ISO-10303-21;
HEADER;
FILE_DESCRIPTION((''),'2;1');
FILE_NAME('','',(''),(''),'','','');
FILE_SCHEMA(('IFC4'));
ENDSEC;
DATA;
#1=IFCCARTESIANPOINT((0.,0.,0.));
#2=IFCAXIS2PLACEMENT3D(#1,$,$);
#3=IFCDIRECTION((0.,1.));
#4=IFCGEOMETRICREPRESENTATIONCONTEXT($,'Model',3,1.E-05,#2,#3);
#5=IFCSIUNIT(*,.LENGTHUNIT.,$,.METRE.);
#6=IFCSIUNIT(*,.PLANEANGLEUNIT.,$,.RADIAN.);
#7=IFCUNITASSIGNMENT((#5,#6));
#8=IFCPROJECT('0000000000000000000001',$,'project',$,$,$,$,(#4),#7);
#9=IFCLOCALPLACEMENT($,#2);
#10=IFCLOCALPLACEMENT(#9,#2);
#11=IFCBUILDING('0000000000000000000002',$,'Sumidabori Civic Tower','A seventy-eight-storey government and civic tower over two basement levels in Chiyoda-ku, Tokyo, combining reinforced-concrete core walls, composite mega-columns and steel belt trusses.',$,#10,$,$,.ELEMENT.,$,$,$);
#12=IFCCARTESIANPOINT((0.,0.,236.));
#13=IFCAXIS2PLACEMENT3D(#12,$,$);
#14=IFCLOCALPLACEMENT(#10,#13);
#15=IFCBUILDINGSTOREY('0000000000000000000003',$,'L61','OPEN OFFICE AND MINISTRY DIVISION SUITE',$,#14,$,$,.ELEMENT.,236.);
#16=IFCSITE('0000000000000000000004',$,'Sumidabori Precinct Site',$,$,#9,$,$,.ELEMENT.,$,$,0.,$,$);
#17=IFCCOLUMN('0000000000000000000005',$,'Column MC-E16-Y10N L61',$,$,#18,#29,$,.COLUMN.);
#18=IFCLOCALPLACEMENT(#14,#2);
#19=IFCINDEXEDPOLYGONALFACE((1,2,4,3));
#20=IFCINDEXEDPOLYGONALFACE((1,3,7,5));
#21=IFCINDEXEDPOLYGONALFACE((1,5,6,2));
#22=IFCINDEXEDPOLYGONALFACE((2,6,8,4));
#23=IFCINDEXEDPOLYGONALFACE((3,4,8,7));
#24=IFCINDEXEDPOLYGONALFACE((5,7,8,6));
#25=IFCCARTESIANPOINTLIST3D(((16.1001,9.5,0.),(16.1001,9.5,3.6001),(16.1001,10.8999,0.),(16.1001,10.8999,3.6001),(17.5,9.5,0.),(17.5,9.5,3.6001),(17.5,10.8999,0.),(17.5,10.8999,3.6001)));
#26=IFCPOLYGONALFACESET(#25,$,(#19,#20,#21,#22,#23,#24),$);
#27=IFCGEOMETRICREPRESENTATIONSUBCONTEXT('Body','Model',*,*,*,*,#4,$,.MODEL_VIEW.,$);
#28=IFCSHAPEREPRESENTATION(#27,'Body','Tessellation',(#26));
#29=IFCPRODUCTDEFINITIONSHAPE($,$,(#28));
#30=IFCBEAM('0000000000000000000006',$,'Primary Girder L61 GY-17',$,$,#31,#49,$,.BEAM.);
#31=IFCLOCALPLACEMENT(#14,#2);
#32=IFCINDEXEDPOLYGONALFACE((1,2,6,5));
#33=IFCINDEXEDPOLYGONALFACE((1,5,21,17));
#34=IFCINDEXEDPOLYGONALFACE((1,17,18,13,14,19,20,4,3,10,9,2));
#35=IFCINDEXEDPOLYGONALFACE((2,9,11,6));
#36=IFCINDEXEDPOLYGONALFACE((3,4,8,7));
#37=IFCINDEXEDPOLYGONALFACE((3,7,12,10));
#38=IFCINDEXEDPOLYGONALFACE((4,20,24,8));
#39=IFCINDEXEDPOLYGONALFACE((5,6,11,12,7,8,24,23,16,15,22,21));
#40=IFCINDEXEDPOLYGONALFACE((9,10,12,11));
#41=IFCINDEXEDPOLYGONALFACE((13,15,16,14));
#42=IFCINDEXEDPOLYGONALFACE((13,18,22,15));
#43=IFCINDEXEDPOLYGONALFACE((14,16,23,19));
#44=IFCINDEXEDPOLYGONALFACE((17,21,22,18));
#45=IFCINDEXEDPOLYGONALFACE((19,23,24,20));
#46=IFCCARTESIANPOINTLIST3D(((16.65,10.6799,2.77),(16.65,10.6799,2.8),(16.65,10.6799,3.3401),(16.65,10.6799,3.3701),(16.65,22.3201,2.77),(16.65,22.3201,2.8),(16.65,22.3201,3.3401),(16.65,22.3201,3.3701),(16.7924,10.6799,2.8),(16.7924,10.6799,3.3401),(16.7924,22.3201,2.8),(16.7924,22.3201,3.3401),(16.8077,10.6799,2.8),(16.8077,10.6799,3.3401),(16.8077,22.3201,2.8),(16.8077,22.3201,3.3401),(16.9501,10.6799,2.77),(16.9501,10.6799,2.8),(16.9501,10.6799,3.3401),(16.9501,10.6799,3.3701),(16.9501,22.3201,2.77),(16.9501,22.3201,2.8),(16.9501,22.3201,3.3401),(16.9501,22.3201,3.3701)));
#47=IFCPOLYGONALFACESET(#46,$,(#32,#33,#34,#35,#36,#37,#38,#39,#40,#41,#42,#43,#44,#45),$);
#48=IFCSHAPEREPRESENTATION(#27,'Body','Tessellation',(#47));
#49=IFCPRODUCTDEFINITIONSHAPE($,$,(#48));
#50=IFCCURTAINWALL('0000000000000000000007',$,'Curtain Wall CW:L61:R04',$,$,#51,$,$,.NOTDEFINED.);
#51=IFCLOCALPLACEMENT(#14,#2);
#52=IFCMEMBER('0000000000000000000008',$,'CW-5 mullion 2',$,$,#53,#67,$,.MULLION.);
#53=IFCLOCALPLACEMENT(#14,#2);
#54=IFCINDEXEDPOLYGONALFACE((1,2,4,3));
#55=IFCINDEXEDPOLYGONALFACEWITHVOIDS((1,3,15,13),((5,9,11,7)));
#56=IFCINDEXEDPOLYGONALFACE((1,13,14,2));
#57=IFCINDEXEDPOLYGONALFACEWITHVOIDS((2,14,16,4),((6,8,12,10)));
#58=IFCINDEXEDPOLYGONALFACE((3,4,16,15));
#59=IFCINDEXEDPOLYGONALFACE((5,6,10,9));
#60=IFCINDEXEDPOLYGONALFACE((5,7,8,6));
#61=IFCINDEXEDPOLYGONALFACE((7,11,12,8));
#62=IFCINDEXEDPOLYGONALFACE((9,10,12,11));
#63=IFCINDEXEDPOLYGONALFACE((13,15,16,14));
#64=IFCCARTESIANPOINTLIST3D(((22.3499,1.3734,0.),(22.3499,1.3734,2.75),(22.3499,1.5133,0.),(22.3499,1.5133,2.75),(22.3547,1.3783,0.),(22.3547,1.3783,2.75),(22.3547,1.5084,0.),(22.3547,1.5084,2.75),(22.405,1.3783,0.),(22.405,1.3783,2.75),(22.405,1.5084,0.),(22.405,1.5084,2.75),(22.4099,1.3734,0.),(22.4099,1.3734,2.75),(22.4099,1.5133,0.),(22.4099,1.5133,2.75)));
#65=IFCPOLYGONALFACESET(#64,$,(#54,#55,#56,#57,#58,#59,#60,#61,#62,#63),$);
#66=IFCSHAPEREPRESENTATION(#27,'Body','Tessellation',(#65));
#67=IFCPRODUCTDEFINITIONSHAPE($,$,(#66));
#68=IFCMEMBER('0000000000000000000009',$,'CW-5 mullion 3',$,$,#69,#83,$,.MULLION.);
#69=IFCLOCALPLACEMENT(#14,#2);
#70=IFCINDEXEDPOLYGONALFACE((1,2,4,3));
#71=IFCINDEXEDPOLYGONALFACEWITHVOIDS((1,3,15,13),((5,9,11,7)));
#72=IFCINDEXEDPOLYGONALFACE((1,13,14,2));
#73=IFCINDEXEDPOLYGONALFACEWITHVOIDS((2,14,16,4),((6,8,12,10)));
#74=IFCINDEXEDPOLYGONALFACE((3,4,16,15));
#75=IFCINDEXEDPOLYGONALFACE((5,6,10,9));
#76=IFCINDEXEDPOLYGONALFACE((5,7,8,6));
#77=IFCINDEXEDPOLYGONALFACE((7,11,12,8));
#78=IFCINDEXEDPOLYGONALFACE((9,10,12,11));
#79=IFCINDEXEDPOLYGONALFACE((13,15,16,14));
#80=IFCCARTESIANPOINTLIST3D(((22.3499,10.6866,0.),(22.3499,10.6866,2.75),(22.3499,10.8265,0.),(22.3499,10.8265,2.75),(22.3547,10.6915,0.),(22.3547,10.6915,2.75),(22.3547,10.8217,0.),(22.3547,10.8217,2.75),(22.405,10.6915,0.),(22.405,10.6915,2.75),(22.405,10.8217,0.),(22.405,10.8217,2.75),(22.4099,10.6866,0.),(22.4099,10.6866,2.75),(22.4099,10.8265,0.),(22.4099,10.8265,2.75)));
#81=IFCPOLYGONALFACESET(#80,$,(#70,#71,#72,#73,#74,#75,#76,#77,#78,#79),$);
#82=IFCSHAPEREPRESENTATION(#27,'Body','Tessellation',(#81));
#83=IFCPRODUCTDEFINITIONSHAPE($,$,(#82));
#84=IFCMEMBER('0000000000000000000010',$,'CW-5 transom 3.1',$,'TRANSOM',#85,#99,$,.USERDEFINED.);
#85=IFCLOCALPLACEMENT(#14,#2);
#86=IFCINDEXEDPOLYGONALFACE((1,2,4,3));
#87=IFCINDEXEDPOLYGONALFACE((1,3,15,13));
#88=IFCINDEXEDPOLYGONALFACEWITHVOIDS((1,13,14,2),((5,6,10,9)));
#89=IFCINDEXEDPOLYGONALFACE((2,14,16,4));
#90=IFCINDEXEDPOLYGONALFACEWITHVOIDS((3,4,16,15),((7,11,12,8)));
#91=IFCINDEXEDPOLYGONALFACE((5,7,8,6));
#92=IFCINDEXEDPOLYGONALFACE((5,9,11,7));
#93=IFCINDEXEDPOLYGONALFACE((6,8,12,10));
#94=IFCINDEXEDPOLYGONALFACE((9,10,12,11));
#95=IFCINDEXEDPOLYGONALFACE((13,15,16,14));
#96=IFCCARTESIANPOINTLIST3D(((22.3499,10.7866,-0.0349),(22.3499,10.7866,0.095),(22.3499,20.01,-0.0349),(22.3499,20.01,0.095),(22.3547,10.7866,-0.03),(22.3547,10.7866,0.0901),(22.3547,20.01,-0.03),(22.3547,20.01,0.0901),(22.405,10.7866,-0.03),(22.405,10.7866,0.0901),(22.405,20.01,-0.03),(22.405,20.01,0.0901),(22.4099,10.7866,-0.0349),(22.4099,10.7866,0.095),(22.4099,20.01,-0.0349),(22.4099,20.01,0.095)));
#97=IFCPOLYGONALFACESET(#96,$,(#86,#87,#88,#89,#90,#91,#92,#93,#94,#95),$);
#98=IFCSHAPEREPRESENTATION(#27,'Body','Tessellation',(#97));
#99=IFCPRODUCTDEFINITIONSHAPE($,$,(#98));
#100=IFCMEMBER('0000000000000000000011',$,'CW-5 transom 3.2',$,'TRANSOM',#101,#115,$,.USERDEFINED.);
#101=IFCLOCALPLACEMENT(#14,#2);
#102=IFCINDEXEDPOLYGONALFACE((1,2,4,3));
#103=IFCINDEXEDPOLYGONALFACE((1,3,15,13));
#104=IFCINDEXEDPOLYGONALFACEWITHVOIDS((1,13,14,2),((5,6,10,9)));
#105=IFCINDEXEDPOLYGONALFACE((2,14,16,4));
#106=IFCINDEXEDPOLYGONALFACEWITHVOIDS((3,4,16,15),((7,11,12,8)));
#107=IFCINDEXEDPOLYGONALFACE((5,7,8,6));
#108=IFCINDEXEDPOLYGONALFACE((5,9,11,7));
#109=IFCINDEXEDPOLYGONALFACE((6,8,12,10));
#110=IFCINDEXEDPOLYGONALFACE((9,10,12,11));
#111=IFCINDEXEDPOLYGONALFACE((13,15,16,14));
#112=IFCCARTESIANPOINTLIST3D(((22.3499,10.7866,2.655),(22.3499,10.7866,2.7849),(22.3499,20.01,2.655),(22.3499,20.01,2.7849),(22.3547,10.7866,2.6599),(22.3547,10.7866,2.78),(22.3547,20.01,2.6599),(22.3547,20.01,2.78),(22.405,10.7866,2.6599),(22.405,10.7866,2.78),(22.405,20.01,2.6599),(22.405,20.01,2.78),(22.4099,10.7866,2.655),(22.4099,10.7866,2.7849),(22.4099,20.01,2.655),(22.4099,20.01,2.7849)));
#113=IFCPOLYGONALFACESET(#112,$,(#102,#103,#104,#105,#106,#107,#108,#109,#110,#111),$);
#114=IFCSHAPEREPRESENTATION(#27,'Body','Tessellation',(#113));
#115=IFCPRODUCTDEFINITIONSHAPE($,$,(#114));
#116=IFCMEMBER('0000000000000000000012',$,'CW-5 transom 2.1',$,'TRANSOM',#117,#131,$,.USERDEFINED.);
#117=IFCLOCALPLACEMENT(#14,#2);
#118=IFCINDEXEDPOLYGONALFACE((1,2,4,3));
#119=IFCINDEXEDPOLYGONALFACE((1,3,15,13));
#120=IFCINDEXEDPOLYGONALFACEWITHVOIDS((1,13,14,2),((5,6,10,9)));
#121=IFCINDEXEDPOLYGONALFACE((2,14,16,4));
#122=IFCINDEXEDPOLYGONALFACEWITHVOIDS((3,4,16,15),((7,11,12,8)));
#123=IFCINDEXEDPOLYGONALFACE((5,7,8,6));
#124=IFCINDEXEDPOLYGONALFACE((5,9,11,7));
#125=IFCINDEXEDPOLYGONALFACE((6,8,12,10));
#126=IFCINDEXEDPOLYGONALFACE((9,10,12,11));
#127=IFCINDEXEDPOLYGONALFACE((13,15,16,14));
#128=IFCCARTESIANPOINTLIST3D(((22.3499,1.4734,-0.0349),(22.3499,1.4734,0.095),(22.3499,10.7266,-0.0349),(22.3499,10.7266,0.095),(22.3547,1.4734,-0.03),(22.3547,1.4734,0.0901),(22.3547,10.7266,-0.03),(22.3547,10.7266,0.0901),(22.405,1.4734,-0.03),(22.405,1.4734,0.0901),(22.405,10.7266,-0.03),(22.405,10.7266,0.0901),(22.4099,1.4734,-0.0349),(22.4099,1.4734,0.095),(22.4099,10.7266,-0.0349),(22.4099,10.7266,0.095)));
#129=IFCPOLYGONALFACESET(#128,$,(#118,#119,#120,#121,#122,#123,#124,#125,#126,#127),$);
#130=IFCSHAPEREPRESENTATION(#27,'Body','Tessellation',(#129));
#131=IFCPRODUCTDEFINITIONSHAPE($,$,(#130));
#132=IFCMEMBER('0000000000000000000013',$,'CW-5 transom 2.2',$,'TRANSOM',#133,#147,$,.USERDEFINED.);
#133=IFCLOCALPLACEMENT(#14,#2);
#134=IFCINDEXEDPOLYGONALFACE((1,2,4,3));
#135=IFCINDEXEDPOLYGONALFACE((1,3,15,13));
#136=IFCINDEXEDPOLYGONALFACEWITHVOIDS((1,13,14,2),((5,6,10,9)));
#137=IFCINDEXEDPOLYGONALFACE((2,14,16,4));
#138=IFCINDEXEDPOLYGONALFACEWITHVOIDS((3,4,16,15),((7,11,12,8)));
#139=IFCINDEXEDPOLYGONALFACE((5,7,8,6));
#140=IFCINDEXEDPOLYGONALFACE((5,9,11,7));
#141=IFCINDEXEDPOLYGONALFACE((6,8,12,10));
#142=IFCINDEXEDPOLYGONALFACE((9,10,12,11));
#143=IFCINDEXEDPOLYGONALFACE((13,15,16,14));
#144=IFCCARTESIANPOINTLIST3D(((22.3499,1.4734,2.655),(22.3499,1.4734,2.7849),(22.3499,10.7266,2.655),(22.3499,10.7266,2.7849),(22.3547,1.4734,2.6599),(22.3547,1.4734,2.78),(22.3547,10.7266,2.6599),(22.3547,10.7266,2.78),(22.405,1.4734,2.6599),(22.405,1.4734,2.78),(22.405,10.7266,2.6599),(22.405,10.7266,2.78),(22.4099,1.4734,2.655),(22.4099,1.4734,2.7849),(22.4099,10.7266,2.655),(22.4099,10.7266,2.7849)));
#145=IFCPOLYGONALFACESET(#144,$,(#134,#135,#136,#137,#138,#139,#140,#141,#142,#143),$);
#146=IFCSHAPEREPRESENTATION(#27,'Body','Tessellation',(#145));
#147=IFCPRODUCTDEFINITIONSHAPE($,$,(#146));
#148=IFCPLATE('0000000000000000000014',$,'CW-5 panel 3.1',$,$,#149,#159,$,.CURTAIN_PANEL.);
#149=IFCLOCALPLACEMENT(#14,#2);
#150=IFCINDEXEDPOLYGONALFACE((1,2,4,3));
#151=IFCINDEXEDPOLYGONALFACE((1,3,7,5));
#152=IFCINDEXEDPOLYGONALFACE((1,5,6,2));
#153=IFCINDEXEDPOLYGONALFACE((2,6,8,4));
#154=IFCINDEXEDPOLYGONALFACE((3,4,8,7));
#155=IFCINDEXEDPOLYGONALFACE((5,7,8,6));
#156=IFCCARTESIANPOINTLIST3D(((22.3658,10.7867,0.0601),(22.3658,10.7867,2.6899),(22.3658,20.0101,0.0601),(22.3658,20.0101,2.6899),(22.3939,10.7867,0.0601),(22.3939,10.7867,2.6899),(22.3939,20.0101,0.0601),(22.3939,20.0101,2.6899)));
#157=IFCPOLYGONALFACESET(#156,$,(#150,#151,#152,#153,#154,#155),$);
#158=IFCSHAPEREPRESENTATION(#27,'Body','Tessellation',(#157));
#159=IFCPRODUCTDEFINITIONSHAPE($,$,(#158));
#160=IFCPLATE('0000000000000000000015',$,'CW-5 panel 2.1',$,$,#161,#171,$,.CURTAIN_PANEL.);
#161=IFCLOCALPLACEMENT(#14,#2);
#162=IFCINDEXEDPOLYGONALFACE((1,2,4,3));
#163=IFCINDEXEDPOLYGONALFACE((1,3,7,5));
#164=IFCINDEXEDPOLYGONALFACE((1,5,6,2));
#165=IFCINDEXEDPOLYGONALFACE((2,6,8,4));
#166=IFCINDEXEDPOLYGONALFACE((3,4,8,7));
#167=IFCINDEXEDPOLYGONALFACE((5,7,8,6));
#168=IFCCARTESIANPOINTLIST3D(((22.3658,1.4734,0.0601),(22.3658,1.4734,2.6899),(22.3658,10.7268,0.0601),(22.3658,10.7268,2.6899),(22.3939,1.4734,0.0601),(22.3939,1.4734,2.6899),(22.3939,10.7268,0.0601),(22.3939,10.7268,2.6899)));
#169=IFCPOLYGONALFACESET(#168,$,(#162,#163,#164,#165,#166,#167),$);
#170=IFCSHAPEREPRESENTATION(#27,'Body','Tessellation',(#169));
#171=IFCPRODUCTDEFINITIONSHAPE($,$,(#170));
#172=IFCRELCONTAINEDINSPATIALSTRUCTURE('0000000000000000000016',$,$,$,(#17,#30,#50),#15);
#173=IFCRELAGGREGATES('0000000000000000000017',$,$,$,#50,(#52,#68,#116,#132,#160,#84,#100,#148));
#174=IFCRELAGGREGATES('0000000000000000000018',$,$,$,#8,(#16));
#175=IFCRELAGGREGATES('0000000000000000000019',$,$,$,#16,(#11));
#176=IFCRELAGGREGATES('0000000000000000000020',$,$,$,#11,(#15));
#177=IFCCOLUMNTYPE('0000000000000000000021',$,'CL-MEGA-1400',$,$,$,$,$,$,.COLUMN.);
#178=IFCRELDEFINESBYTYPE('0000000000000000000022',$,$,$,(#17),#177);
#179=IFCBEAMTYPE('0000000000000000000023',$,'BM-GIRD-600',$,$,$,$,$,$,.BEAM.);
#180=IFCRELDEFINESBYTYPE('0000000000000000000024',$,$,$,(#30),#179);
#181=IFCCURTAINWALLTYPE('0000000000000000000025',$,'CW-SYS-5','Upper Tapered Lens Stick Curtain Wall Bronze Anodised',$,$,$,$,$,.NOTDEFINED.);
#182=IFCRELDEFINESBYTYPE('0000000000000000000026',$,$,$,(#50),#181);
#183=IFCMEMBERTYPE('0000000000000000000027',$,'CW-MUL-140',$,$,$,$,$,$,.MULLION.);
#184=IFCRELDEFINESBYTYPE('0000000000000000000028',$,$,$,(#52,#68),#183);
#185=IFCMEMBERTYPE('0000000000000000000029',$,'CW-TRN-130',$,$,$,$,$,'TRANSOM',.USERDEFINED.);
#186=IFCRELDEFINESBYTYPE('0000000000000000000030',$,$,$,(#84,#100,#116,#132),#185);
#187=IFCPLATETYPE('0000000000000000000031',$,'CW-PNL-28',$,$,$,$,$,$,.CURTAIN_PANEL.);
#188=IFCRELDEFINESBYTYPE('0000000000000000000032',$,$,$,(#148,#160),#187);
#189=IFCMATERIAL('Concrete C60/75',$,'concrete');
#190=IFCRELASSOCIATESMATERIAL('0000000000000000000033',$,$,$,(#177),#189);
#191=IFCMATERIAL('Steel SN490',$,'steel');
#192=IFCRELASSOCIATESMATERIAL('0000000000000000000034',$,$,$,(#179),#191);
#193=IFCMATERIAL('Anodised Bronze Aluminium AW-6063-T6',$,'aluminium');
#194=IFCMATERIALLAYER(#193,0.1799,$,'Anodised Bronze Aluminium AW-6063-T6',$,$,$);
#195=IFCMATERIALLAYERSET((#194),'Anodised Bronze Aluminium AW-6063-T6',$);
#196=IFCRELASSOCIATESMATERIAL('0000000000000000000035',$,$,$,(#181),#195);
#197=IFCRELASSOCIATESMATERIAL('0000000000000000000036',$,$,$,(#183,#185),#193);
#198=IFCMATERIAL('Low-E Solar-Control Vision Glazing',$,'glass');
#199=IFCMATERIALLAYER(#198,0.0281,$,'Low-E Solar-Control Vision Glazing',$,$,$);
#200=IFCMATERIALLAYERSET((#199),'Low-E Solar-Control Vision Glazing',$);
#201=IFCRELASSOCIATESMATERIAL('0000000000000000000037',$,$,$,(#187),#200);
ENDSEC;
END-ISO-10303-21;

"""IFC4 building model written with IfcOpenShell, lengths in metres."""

from ifc_helpers import new_model, si_unit, direction, frame, origin, origin_2d, place, context, subcontext, project, spatial, rectangle, hollow_rectangle, i_section, extrude, source, transform, mapped, material, layer, layer_set, material_profile, profile_set, type_object, element, aggregate, save


model = new_model("IFC4")

# Units and contexts
model_context = context("Model", 3, precision=1e-05, world=origin(), true_north=direction((0.0, 1.0)))
body_context = subcontext(model_context, "Body", "Model", "MODEL_VIEW")
ifc_project = project(units=[si_unit("LENGTHUNIT", "METRE"), si_unit("PLANEANGLEUNIT", "RADIAN")], contexts=[model_context])

# Site, building, storey
site_placement = place(None, origin())
site = spatial("IfcSite", under=ifc_project, at=site_placement, Name="Sumidabori Precinct Site", CompositionType="ELEMENT", RefElevation=0.0)
building_placement = place(site_placement, origin())
building = spatial("IfcBuilding", under=site, at=building_placement, Name="Sumidabori Civic Tower", Description="A seventy-eight-storey government and civic tower over two basement levels in Chiyoda-ku, Tokyo, combining reinforced-concrete core walls, composite mega-columns and steel belt trusses.", CompositionType="ELEMENT")
storey_placement = place(building_placement, frame((0.0, 0.0, 236.0)))
storey = spatial("IfcBuildingStorey", under=building, at=storey_placement, Name="L61", Description="OPEN OFFICE AND MINISTRY DIVISION SUITE", CompositionType="ELEMENT", Elevation=236.0)

# Column
ifc_material_1 = material(Name="Concrete C60/75", Category="concrete")
ifc_material_profile_1 = material_profile(ifc_material_1, rectangle(XDim=1.3999, YDim=1.3999, at=origin_2d()), Name="RC 1400x1400")
ifc_profile_set_1 = profile_set([ifc_material_profile_1], Name="Concrete C60/75")
column_type = type_object("IfcColumnType", Name="CL-MEGA-1400", PredefinedType="COLUMN", material=ifc_profile_set_1)
shared_shape_1 = source(origin(), body_context, "Body", "SweptSolid", [
    extrude(rectangle(XDim=1.3999, YDim=1.3999, at=origin_2d()), origin(), (0.0, 0.0, 1.0), 3.6001),
])
column_placement = place(storey_placement, frame((16.8, 10.2, 0.0), z_axis=(0.0, 0.0, 1.0), x_axis=(1.0, 0.0, 0.0)))
element("IfcColumn", 1, at=column_placement, inside=storey, type_object=column_type, Name="Column MC-E16-Y10N L61", PredefinedType="COLUMN", context=body_context, shape_type="MappedRepresentation", body=[
    mapped(shared_shape_1, transform((0.0, 0.0, 0.0), x_axis=(1.0, 0.0, 0.0), y_axis=(0.0, 1.0, 0.0), z_axis=(0.0, 0.0, 1.0), scale=1.0)),
])

# Beam
ifc_material_2 = material(Name="Steel SN490", Category="steel")
ifc_material_profile_2 = material_profile(ifc_material_2, i_section(OverallWidth=0.3, OverallDepth=0.6001, WebThickness=0.0154, FlangeThickness=0.03, at=origin_2d()), Name="HE 600 B")
ifc_profile_set_2 = profile_set([ifc_material_profile_2], Name="Steel SN490")
beam_type = type_object("IfcBeamType", Name="BM-GIRD-600", PredefinedType="BEAM", material=ifc_profile_set_2)
shared_shape_2 = source(origin(), body_context, "Body", "SweptSolid", [
    extrude(i_section(OverallWidth=0.3, OverallDepth=0.6001, WebThickness=0.0154, FlangeThickness=0.03, at=origin_2d()), origin(), (0.0, 0.0, 1.0), 11.6401),
])
beam_placement = place(storey_placement, frame((16.8, 10.6799, 3.0701), z_axis=(0.0, 1.0, 0.0), x_axis=(-1.0, 0.0, 0.0)))
element("IfcBeam", 2, at=beam_placement, inside=storey, type_object=beam_type, Name="Primary Girder L61 GY-17", PredefinedType="BEAM", context=body_context, shape_type="MappedRepresentation", body=[
    mapped(shared_shape_2, transform((0.0, 0.0, 0.0), x_axis=(1.0, 0.0, 0.0), y_axis=(0.0, 1.0, 0.0), z_axis=(0.0, 0.0, 1.0), scale=1.0)),
])

# Curtain wall, members, plates
ifc_material_3 = material(Name="Anodised Bronze Aluminium AW-6063-T6", Category="aluminium")
ifc_layer_1 = layer(ifc_material_3, 0.1799, Name="Anodised Bronze Aluminium AW-6063-T6")
ifc_layer_set_1 = layer_set([ifc_layer_1], Name="Anodised Bronze Aluminium AW-6063-T6")
curtain_wall_type = type_object("IfcCurtainWallType", Name="CW-SYS-5", Description="Upper Tapered Lens Stick Curtain Wall Bronze Anodised", PredefinedType="NOTDEFINED", material=ifc_layer_set_1)
curtain_wall_placement = place(storey_placement, origin())
curtain_wall = element("IfcCurtainWall", 3, at=curtain_wall_placement, inside=storey, type_object=curtain_wall_type, Name="Curtain Wall CW:L61:R04", PredefinedType="NOTDEFINED")
ifc_material_profile_3 = material_profile(ifc_material_3, hollow_rectangle(XDim=0.0601, YDim=0.1399, WallThickness=0.0049, at=origin_2d()), Name="ALU MULLION 140x60")
ifc_profile_set_3 = profile_set([ifc_material_profile_3], Name="Anodised Bronze Aluminium AW-6063-T6")
member_type_1 = type_object("IfcMemberType", Name="CW-MUL-140", PredefinedType="MULLION", material=ifc_profile_set_3)
shared_shape_3 = source(origin(), body_context, "Body", "SweptSolid", [
    extrude(hollow_rectangle(XDim=0.0601, YDim=0.1399, WallThickness=0.0049, at=origin_2d()), origin(), (0.0, 0.0, 1.0), 2.75),
])
member_1_placement = place(storey_placement, frame((22.3799, 1.4434, 0.0), z_axis=(0.0, 0.0, 1.0), x_axis=(-1.0, 0.0, 0.0)))
member_1 = element("IfcMember", 4, at=member_1_placement, type_object=member_type_1, Name="CW-5 mullion 2", PredefinedType="MULLION", context=body_context, shape_type="MappedRepresentation", body=[
    mapped(shared_shape_3, transform((0.0, 0.0, 0.0), x_axis=(1.0, 0.0, 0.0), y_axis=(0.0, 1.0, 0.0), z_axis=(0.0, 0.0, 1.0), scale=1.0)),
])
member_2_placement = place(storey_placement, frame((22.3799, 10.7566, 0.0), z_axis=(0.0, 0.0, 1.0), x_axis=(-1.0, 0.0, 0.0)))
member_2 = element("IfcMember", 5, at=member_2_placement, type_object=member_type_1, Name="CW-5 mullion 3", PredefinedType="MULLION", context=body_context, shape_type="MappedRepresentation", body=[
    mapped(shared_shape_3, transform((0.0, 0.0, 0.0), x_axis=(1.0, 0.0, 0.0), y_axis=(0.0, 1.0, 0.0), z_axis=(0.0, 0.0, 1.0), scale=1.0)),
])
ifc_material_profile_4 = material_profile(ifc_material_3, hollow_rectangle(XDim=0.0601, YDim=0.1299, WallThickness=0.0049, at=origin_2d()), Name="ALU TRANSOM 130x60")
ifc_profile_set_4 = profile_set([ifc_material_profile_4], Name="Anodised Bronze Aluminium AW-6063-T6")
member_type_2 = type_object("IfcMemberType", Name="CW-TRN-130", ElementType="TRANSOM", PredefinedType="USERDEFINED", material=ifc_profile_set_4)
shared_shape_4 = source(origin(), body_context, "Body", "SweptSolid", [
    extrude(hollow_rectangle(XDim=0.0601, YDim=0.1299, WallThickness=0.0049, at=origin_2d()), origin(), (0.0, 0.0, 1.0), 9.2234),
])
member_3_placement = place(storey_placement, frame((22.3799, 10.7866, 0.03), z_axis=(0.0, 1.0, 0.0), x_axis=(-1.0, 0.0, 0.0)))
member_3 = element("IfcMember", 6, at=member_3_placement, type_object=member_type_2, Name="CW-5 transom 3.1", ObjectType="TRANSOM", PredefinedType="USERDEFINED", context=body_context, shape_type="MappedRepresentation", body=[
    mapped(shared_shape_4, transform((0.0, 0.0, 0.0), x_axis=(1.0, 0.0, 0.0), y_axis=(0.0, 1.0, 0.0), z_axis=(0.0, 0.0, 1.0), scale=1.0)),
])
member_4_placement = place(storey_placement, frame((22.3799, 10.7866, 2.72), z_axis=(0.0, 1.0, 0.0), x_axis=(-1.0, 0.0, 0.0)))
member_4 = element("IfcMember", 7, at=member_4_placement, type_object=member_type_2, Name="CW-5 transom 3.2", ObjectType="TRANSOM", PredefinedType="USERDEFINED", context=body_context, shape_type="MappedRepresentation", body=[
    mapped(shared_shape_4, transform((0.0, 0.0, 0.0), x_axis=(1.0, 0.0, 0.0), y_axis=(0.0, 1.0, 0.0), z_axis=(0.0, 0.0, 1.0), scale=1.0)),
])
shared_shape_5 = source(origin(), body_context, "Body", "SweptSolid", [
    extrude(hollow_rectangle(XDim=0.0601, YDim=0.1299, WallThickness=0.0049, at=origin_2d()), origin(), (0.0, 0.0, 1.0), 9.2532),
])
member_5_placement = place(storey_placement, frame((22.3799, 1.4734, 0.03), z_axis=(0.0, 1.0, 0.0), x_axis=(-1.0, 0.0, 0.0)))
member_5 = element("IfcMember", 8, at=member_5_placement, type_object=member_type_2, Name="CW-5 transom 2.1", ObjectType="TRANSOM", PredefinedType="USERDEFINED", context=body_context, shape_type="MappedRepresentation", body=[
    mapped(shared_shape_5, transform((0.0, 0.0, 0.0), x_axis=(1.0, 0.0, 0.0), y_axis=(0.0, 1.0, 0.0), z_axis=(0.0, 0.0, 1.0), scale=1.0)),
])
member_6_placement = place(storey_placement, frame((22.3799, 1.4734, 2.72), z_axis=(0.0, 1.0, 0.0), x_axis=(-1.0, 0.0, 0.0)))
member_6 = element("IfcMember", 9, at=member_6_placement, type_object=member_type_2, Name="CW-5 transom 2.2", ObjectType="TRANSOM", PredefinedType="USERDEFINED", context=body_context, shape_type="MappedRepresentation", body=[
    mapped(shared_shape_5, transform((0.0, 0.0, 0.0), x_axis=(1.0, 0.0, 0.0), y_axis=(0.0, 1.0, 0.0), z_axis=(0.0, 0.0, 1.0), scale=1.0)),
])
ifc_material_4 = material(Name="Low-E Solar-Control Vision Glazing", Category="glass")
ifc_layer_2 = layer(ifc_material_4, 0.0281, Name="Low-E Solar-Control Vision Glazing")
ifc_layer_set_2 = layer_set([ifc_layer_2], Name="Low-E Solar-Control Vision Glazing")
plate_type = type_object("IfcPlateType", Name="CW-PNL-28", PredefinedType="CURTAIN_PANEL", material=ifc_layer_set_2)
shared_shape_6 = source(origin(), body_context, "Body", "SweptSolid", [
    extrude(rectangle(XDim=9.2234, YDim=0.0281, at=origin_2d()), origin(), (0.0, 0.0, 1.0), 2.6299),
])
plate_1_placement = place(storey_placement, frame((22.3799, 15.3984, 0.0601), z_axis=(0.0, 0.0, 1.0), x_axis=(0.0, 1.0, 0.0)))
plate_1 = element("IfcPlate", 10, at=plate_1_placement, type_object=plate_type, Name="CW-5 panel 3.1", PredefinedType="CURTAIN_PANEL", context=body_context, shape_type="MappedRepresentation", body=[
    mapped(shared_shape_6, transform((0.0, 0.0, 0.0), x_axis=(1.0, 0.0, 0.0), y_axis=(0.0, 1.0, 0.0), z_axis=(0.0, 0.0, 1.0), scale=1.0)),
])
shared_shape_7 = source(origin(), body_context, "Body", "SweptSolid", [
    extrude(rectangle(XDim=9.2534, YDim=0.0281, at=origin_2d()), origin(), (0.0, 0.0, 1.0), 2.6299),
])
plate_2_placement = place(storey_placement, frame((22.3799, 6.1001, 0.0601), z_axis=(0.0, 0.0, 1.0), x_axis=(0.0, 1.0, 0.0)))
plate_2 = element("IfcPlate", 11, at=plate_2_placement, type_object=plate_type, Name="CW-5 panel 2.1", PredefinedType="CURTAIN_PANEL", context=body_context, shape_type="MappedRepresentation", body=[
    mapped(shared_shape_7, transform((0.0, 0.0, 0.0), x_axis=(1.0, 0.0, 0.0), y_axis=(0.0, 1.0, 0.0), z_axis=(0.0, 0.0, 1.0), scale=1.0)),
])
aggregate(curtain_wall, [member_1, member_2, member_5, member_6, plate_2, member_3, member_4, plate_1])

save(model, "model.ifc")
